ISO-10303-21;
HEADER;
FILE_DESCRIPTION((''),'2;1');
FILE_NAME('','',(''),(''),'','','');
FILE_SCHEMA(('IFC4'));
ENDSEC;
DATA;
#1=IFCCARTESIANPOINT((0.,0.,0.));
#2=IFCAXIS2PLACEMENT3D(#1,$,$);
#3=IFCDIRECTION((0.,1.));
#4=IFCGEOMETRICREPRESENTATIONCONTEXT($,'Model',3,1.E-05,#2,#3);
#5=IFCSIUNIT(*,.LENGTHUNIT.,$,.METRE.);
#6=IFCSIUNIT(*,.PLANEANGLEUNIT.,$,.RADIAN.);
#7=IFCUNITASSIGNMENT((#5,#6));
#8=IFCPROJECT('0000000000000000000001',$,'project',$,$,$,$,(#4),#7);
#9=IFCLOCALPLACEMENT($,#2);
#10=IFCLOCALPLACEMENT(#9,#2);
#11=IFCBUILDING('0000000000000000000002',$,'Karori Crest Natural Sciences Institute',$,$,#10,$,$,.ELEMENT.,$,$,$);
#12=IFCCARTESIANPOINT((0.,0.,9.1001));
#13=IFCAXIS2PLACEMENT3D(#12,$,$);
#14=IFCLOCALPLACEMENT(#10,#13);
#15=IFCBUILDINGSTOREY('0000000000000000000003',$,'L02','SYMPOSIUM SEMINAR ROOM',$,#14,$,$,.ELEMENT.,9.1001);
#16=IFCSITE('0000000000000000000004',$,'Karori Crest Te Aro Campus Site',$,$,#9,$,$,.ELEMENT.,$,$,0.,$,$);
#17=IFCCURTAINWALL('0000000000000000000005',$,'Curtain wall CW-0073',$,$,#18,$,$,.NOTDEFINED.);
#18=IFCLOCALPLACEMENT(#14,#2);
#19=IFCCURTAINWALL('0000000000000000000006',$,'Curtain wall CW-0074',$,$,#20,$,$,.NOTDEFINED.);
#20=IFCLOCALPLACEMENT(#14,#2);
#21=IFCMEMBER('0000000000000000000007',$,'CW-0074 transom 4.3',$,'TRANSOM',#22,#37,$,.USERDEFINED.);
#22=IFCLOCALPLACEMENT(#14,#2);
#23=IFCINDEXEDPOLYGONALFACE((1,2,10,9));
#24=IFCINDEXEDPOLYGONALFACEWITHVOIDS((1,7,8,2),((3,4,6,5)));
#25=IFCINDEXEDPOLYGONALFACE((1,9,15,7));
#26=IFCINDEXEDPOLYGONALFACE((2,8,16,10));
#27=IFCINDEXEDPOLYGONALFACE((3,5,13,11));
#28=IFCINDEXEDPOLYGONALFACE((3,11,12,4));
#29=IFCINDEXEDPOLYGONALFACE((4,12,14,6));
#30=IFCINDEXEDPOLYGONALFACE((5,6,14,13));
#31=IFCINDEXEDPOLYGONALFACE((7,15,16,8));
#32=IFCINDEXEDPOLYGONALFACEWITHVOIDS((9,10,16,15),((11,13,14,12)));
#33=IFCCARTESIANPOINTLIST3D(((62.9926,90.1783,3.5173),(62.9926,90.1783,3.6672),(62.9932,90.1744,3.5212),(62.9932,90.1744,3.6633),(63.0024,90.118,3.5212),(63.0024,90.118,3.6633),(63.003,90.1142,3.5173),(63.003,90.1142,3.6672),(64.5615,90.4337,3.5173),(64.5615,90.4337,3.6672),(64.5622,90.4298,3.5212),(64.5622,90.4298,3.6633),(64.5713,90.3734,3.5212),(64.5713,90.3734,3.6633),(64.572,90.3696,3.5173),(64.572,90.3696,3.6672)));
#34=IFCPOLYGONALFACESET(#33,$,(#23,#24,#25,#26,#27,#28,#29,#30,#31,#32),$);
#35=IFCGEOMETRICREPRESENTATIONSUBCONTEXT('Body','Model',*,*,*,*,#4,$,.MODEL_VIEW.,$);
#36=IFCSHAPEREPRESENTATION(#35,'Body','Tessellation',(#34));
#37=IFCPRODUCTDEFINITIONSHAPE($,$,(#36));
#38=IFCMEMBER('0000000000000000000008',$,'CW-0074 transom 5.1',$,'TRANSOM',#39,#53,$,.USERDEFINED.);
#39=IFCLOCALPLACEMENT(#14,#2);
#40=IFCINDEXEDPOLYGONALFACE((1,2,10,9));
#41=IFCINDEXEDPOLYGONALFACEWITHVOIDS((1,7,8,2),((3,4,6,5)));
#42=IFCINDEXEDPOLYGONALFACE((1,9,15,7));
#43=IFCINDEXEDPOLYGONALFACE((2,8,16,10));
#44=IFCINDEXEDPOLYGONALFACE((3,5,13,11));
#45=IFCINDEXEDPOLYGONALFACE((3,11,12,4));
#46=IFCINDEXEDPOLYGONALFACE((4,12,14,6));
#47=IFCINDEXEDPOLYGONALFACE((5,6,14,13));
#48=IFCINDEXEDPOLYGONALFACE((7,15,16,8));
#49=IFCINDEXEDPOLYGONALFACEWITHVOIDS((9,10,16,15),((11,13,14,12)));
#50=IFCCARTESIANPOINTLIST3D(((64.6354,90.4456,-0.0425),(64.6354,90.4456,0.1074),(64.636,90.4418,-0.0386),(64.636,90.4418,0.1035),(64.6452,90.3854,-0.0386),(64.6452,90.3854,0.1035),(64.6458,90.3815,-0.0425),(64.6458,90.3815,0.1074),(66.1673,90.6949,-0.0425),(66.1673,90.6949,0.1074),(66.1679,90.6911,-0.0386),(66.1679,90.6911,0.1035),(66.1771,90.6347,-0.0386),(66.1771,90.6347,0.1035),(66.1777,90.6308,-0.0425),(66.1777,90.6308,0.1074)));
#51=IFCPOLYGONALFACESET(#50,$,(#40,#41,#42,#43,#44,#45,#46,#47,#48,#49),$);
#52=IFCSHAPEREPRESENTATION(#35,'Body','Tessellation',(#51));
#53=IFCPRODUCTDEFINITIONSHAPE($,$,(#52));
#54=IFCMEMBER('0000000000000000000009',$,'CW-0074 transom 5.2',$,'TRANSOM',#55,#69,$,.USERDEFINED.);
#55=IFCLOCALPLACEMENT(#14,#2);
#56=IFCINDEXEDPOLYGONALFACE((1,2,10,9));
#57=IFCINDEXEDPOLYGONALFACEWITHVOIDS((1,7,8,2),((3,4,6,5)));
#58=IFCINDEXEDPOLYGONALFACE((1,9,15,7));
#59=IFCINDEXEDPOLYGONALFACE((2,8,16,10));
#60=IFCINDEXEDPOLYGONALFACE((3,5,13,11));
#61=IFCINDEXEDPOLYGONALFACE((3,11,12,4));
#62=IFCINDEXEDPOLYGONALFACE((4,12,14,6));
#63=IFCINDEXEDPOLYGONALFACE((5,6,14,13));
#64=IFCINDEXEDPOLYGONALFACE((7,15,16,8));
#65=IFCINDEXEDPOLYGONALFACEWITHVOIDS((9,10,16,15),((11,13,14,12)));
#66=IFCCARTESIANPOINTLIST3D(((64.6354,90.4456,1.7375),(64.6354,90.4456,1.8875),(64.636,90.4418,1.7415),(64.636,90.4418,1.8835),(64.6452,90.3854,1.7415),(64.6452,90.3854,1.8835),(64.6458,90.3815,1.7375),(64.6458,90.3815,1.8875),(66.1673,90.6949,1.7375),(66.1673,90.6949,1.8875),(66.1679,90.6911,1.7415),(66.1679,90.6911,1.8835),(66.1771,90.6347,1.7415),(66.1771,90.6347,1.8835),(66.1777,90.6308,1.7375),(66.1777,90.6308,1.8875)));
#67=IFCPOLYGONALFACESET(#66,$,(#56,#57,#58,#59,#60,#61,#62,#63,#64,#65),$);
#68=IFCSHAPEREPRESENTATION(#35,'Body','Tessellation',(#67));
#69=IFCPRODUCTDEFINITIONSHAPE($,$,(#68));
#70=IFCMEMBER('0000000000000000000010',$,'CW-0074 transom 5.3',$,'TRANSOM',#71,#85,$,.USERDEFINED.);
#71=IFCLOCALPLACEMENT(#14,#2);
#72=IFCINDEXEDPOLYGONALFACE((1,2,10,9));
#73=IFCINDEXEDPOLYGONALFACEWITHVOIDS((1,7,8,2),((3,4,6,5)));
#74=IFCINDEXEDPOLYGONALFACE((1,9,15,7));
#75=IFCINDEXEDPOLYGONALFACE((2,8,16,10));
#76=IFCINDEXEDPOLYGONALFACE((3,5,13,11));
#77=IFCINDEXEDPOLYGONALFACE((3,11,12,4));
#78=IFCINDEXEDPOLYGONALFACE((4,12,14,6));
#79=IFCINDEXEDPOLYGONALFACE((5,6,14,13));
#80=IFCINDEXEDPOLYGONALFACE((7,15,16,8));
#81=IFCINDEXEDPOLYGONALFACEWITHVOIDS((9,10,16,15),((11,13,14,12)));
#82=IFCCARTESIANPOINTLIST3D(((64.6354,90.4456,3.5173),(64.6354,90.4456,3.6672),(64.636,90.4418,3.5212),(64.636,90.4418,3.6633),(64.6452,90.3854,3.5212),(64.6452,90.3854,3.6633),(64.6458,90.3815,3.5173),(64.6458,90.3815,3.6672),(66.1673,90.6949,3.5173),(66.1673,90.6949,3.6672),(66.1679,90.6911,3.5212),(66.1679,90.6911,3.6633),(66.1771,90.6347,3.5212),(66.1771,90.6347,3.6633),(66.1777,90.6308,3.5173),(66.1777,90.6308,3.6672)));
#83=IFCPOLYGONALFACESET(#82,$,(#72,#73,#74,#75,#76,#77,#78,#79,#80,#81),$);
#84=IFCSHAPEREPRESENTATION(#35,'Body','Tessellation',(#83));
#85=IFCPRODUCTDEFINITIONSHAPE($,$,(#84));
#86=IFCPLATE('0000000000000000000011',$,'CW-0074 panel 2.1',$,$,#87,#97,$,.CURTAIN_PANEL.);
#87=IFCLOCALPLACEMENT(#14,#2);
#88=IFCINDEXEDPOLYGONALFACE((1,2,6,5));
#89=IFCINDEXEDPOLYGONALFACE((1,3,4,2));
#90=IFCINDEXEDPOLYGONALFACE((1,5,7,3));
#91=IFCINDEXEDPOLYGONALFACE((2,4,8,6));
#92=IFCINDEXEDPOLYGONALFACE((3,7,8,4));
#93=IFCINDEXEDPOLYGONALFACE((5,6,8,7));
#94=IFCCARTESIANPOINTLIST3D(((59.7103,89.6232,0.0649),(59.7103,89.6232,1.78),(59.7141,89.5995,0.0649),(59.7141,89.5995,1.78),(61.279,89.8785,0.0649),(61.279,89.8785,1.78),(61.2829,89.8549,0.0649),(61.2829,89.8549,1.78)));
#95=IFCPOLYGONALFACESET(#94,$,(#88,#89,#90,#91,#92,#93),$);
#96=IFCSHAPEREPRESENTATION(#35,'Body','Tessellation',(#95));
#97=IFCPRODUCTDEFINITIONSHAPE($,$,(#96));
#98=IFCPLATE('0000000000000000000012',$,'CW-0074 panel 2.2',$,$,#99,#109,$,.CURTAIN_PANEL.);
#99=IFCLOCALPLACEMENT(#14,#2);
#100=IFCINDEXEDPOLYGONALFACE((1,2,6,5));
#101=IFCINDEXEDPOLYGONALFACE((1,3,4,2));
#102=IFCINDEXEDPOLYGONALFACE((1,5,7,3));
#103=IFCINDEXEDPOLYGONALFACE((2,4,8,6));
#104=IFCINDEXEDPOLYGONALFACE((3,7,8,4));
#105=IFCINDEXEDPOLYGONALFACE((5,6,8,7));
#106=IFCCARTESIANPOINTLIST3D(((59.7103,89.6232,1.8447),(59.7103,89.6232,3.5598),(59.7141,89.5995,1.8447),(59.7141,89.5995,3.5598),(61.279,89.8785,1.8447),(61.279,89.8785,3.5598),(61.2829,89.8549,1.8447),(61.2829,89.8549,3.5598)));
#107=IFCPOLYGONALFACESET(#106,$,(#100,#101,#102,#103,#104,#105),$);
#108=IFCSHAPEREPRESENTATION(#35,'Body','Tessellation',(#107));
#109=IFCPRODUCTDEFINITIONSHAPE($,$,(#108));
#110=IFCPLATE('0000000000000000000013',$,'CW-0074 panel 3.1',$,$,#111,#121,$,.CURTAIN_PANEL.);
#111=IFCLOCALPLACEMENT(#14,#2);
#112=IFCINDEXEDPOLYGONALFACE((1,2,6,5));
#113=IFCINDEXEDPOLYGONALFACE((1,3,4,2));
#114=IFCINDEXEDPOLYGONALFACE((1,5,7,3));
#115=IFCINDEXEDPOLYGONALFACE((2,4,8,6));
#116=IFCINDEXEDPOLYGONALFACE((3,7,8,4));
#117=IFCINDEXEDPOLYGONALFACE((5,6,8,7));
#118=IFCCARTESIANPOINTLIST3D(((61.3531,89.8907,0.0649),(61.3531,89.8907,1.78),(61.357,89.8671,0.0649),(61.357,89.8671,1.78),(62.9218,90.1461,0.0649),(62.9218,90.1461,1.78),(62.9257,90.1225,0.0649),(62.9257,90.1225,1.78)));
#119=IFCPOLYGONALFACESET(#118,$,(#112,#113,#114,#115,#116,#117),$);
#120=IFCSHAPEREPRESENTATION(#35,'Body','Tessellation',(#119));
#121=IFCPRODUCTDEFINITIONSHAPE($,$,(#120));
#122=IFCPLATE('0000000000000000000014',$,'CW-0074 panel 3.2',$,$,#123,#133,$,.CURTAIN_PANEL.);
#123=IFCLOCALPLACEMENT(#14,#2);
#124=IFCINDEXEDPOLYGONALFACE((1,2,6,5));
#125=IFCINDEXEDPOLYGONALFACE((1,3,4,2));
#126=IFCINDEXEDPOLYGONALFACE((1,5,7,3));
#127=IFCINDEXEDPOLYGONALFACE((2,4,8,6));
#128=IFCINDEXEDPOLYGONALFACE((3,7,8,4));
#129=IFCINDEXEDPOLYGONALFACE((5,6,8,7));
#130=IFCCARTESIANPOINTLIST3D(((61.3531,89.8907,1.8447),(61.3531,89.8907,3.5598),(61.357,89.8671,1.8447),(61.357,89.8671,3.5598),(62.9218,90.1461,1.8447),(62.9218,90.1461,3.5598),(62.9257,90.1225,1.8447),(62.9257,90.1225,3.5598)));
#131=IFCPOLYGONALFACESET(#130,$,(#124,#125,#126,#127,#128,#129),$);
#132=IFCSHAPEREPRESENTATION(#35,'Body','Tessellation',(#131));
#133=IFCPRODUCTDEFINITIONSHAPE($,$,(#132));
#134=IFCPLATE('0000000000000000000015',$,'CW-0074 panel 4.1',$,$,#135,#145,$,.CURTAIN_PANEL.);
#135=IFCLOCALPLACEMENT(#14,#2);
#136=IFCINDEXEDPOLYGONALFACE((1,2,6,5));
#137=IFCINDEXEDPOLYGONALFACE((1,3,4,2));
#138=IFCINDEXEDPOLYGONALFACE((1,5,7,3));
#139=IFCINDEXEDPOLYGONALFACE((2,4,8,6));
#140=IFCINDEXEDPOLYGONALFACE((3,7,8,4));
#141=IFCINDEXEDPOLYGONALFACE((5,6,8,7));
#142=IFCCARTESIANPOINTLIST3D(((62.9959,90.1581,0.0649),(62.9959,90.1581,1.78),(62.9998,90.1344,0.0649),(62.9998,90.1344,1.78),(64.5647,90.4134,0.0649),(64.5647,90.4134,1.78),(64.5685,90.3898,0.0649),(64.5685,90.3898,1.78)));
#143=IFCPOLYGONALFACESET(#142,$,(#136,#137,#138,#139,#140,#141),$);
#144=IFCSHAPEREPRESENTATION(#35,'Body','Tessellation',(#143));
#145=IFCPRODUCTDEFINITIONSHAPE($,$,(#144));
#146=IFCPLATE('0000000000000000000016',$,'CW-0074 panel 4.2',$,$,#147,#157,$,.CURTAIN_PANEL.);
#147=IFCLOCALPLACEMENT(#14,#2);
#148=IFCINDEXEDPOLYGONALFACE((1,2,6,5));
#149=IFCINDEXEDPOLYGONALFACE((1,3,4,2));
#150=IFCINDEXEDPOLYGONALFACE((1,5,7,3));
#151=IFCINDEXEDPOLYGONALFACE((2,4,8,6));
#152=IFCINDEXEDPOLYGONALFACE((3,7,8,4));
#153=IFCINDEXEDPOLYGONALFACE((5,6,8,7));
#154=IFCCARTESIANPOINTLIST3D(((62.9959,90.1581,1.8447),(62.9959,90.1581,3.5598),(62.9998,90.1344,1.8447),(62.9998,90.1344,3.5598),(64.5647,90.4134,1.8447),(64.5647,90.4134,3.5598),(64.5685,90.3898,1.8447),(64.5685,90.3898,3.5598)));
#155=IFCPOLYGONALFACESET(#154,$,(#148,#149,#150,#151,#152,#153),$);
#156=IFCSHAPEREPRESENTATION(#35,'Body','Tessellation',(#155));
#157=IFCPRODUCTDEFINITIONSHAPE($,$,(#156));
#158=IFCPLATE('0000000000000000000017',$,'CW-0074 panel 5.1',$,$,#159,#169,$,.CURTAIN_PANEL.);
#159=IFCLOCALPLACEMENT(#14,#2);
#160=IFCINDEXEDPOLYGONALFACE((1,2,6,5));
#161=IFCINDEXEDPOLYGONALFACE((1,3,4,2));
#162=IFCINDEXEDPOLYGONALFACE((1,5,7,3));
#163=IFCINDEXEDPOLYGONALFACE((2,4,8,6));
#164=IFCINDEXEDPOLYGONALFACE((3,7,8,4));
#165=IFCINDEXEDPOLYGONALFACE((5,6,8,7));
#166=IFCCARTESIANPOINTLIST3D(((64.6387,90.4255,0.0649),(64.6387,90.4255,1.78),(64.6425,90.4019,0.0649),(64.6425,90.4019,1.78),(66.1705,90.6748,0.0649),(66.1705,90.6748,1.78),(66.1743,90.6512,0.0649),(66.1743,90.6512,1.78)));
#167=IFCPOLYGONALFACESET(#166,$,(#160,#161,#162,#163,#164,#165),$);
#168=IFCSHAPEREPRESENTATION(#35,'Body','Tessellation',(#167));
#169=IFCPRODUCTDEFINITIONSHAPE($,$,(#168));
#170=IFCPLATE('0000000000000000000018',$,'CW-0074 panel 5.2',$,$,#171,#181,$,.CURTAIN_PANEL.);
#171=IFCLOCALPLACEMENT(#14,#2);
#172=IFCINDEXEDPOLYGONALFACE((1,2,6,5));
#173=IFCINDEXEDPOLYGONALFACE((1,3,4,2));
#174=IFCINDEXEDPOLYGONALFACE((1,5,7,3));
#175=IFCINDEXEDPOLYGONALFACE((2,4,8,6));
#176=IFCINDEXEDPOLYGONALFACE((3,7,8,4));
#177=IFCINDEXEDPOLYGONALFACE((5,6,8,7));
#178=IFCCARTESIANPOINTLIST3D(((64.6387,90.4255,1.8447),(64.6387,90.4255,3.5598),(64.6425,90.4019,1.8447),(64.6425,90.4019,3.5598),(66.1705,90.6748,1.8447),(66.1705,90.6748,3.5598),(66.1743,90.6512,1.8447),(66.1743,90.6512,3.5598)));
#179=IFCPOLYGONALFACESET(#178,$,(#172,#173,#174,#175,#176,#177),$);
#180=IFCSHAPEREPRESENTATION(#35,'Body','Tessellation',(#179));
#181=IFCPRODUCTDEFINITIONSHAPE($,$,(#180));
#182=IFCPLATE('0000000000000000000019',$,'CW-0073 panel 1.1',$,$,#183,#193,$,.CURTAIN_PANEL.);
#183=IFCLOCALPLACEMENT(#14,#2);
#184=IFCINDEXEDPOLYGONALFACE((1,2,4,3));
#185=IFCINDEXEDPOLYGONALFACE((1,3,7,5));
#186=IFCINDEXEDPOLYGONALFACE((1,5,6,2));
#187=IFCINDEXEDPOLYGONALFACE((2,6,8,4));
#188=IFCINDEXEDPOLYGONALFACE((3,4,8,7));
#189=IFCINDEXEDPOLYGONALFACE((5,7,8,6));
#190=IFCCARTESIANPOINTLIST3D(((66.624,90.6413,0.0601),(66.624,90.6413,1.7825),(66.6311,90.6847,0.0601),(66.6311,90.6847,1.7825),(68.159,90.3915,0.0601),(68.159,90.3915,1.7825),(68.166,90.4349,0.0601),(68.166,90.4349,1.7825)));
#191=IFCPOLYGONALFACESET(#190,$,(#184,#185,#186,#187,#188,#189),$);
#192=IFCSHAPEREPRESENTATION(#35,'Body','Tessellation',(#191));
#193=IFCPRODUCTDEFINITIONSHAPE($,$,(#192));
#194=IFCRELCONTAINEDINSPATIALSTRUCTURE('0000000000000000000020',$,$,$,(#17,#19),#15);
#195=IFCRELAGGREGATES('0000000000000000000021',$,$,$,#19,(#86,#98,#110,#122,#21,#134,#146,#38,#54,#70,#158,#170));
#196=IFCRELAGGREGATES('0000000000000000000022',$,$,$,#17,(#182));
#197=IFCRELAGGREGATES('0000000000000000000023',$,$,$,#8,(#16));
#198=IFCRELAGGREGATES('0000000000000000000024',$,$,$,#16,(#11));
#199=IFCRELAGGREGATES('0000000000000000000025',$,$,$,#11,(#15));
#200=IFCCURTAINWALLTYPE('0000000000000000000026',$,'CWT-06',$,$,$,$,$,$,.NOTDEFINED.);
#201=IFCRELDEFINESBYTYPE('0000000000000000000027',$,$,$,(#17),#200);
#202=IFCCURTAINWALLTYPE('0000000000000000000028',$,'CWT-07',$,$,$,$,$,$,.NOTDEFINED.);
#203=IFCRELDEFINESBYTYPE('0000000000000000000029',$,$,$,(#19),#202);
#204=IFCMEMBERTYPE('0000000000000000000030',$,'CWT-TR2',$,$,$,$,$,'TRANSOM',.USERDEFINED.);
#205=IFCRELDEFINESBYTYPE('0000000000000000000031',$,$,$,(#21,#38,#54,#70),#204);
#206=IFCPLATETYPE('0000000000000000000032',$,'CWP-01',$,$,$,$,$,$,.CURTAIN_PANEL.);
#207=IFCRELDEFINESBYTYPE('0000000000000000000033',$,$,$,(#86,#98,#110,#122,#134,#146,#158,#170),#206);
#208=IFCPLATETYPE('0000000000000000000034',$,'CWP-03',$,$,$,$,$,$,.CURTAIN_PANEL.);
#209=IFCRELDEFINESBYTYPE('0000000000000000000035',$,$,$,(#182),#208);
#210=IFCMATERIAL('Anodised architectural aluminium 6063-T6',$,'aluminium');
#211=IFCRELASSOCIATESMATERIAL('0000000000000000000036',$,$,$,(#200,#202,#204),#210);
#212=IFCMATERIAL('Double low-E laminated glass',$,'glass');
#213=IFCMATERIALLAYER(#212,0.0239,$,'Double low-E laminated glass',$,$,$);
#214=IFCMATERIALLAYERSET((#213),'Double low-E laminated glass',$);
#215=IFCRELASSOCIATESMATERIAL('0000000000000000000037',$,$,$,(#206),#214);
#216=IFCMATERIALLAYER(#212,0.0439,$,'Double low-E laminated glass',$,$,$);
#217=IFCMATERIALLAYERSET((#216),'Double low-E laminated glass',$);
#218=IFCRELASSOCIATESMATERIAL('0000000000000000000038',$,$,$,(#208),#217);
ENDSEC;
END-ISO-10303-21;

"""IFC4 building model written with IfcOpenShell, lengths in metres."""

from ifc_helpers import new_model, si_unit, direction, frame, origin, origin_2d, place, context, subcontext, project, spatial, rectangle, hollow_rectangle, extrude, material, layer, layer_set, material_profile, profile_set, type_object, element, aggregate, save


model = new_model("IFC4")

# Units and contexts
model_context = context("Model", 3, precision=1e-05, world=origin(), true_north=direction((0.0, 1.0)))
body_context = subcontext(model_context, "Body", "Model", "MODEL_VIEW")
ifc_project = project(units=[si_unit("LENGTHUNIT", "METRE"), si_unit("PLANEANGLEUNIT", "RADIAN")], contexts=[model_context])

# Site, building, storey
site_placement = place(None, origin())
site = spatial("IfcSite", under=ifc_project, at=site_placement, Name="Karori Crest Te Aro Campus Site", CompositionType="ELEMENT", RefElevation=0.0)
building_placement = place(site_placement, origin())
building = spatial("IfcBuilding", under=site, at=building_placement, Name="Karori Crest Natural Sciences Institute", CompositionType="ELEMENT")
storey_placement = place(building_placement, frame((0.0, 0.0, 9.1001)))
storey = spatial("IfcBuildingStorey", under=building, at=storey_placement, Name="L02", Description="SYMPOSIUM SEMINAR ROOM", CompositionType="ELEMENT", Elevation=9.1001)

# Curtain walls
ifc_material_1 = material(Name="Anodised architectural aluminium 6063-T6", Category="aluminium")
curtain_wall_type_1 = type_object("IfcCurtainWallType", Name="CWT-06", PredefinedType="NOTDEFINED", material=ifc_material_1)
curtain_wall_1_placement = place(storey_placement, origin())
curtain_wall_1 = element("IfcCurtainWall", 1, at=curtain_wall_1_placement, inside=storey, type_object=curtain_wall_type_1, Name="Curtain wall CW-0073", PredefinedType="NOTDEFINED")
curtain_wall_type_2 = type_object("IfcCurtainWallType", Name="CWT-07", PredefinedType="NOTDEFINED", material=ifc_material_1)
curtain_wall_2_placement = place(storey_placement, origin())
curtain_wall_2 = element("IfcCurtainWall", 2, at=curtain_wall_2_placement, inside=storey, type_object=curtain_wall_type_2, Name="Curtain wall CW-0074", PredefinedType="NOTDEFINED")

# Members
ifc_material_profile_1 = material_profile(ifc_material_1, hollow_rectangle(XDim=0.0649, YDim=0.1499, WallThickness=0.0039, at=origin_2d()), Name="CWT150x65x4")
ifc_profile_set_1 = profile_set([ifc_material_profile_1], Name="Anodised architectural aluminium 6063-T6")
member_type_1 = type_object("IfcMemberType", Name="CWT-TR2", ElementType="TRANSOM", PredefinedType="USERDEFINED", material=ifc_profile_set_1)
member_1_placement = place(storey_placement, frame((62.9978, 90.1462, 3.5923), z_axis=(0.98701, 0.160662, 0.0), x_axis=(-0.160662, 0.98701, 0.0)))
member_1 = element("IfcMember", 3, at=member_1_placement, type_object=member_type_1, Name="CW-0074 transom 4.3", ObjectType="TRANSOM", PredefinedType="USERDEFINED", context=body_context, shape_type="SweptSolid", body=[
    extrude(hollow_rectangle(XDim=0.0649, YDim=0.1499, WallThickness=0.0039, at=origin_2d()), origin(), (0.0, 0.0, 1.0), 1.5896),
])
member_2_placement = place(storey_placement, frame((64.6406, 90.4136, 0.0325), z_axis=(0.987016, 0.160622, 0.0), x_axis=(-0.160622, 0.987016, 0.0)))
member_2 = element("IfcMember", 4, at=member_2_placement, type_object=member_type_1, Name="CW-0074 transom 5.1", ObjectType="TRANSOM", PredefinedType="USERDEFINED", context=body_context, shape_type="SweptSolid", body=[
    extrude(hollow_rectangle(XDim=0.0649, YDim=0.1499, WallThickness=0.0039, at=origin_2d()), origin(), (0.0, 0.0, 1.0), 1.552),
])
member_3_placement = place(storey_placement, frame((64.6406, 90.4136, 1.8125), z_axis=(0.987016, 0.160622, 0.0), x_axis=(-0.160622, 0.987016, 0.0)))
member_3 = element("IfcMember", 5, at=member_3_placement, type_object=member_type_1, Name="CW-0074 transom 5.2", ObjectType="TRANSOM", PredefinedType="USERDEFINED", context=body_context, shape_type="SweptSolid", body=[
    extrude(hollow_rectangle(XDim=0.0649, YDim=0.1499, WallThickness=0.0039, at=origin_2d()), origin(), (0.0, 0.0, 1.0), 1.552),
])
member_4_placement = place(storey_placement, frame((64.6406, 90.4136, 3.5923), z_axis=(0.987016, 0.160622, 0.0), x_axis=(-0.160622, 0.987016, 0.0)))
member_4 = element("IfcMember", 6, at=member_4_placement, type_object=member_type_1, Name="CW-0074 transom 5.3", ObjectType="TRANSOM", PredefinedType="USERDEFINED", context=body_context, shape_type="SweptSolid", body=[
    extrude(hollow_rectangle(XDim=0.0649, YDim=0.1499, WallThickness=0.0039, at=origin_2d()), origin(), (0.0, 0.0, 1.0), 1.552),
])

# Plates
ifc_material_2 = material(Name="Double low-E laminated glass", Category="glass")
ifc_layer_1 = layer(ifc_material_2, 0.0239, Name="Double low-E laminated glass")
ifc_layer_set_1 = layer_set([ifc_layer_1], Name="Double low-E laminated glass")
plate_type_1 = type_object("IfcPlateType", Name="CWP-01", PredefinedType="CURTAIN_PANEL", material=ifc_layer_set_1)
plate_1_placement = place(storey_placement, frame((60.4966, 89.739, 0.0649), z_axis=(0.0, 0.0, 1.0), x_axis=(0.98701, 0.160657, 0.0)))
plate_1 = element("IfcPlate", 7, at=plate_1_placement, type_object=plate_type_1, Name="CW-0074 panel 2.1", PredefinedType="CURTAIN_PANEL", context=body_context, shape_type="SweptSolid", body=[
    extrude(rectangle(XDim=1.5894, YDim=0.0239, at=origin_2d()), origin(), (0.0, 0.0, 1.0), 1.7151),
])
plate_2_placement = place(storey_placement, frame((60.4966, 89.739, 1.8447), z_axis=(0.0, 0.0, 1.0), x_axis=(0.98701, 0.160657, 0.0)))
plate_2 = element("IfcPlate", 8, at=plate_2_placement, type_object=plate_type_1, Name="CW-0074 panel 2.2", PredefinedType="CURTAIN_PANEL", context=body_context, shape_type="SweptSolid", body=[
    extrude(rectangle(XDim=1.5894, YDim=0.0239, at=origin_2d()), origin(), (0.0, 0.0, 1.0), 1.7151),
])
plate_3_placement = place(storey_placement, frame((62.1394, 90.0066, 0.0649), z_axis=(0.0, 0.0, 1.0), x_axis=(0.98701, 0.160657, 0.0)))
plate_3 = element("IfcPlate", 9, at=plate_3_placement, type_object=plate_type_1, Name="CW-0074 panel 3.1", PredefinedType="CURTAIN_PANEL", context=body_context, shape_type="SweptSolid", body=[
    extrude(rectangle(XDim=1.5894, YDim=0.0239, at=origin_2d()), origin(), (0.0, 0.0, 1.0), 1.7151),
])
plate_4_placement = place(storey_placement, frame((62.1394, 90.0066, 1.8447), z_axis=(0.0, 0.0, 1.0), x_axis=(0.98701, 0.160657, 0.0)))
plate_4 = element("IfcPlate", 10, at=plate_4_placement, type_object=plate_type_1, Name="CW-0074 panel 3.2", PredefinedType="CURTAIN_PANEL", context=body_context, shape_type="SweptSolid", body=[
    extrude(rectangle(XDim=1.5894, YDim=0.0239, at=origin_2d()), origin(), (0.0, 0.0, 1.0), 1.7151),
])
plate_5_placement = place(storey_placement, frame((63.7822, 90.2739, 0.0649), z_axis=(0.0, 0.0, 1.0), x_axis=(0.98701, 0.160657, 0.0)))
plate_5 = element("IfcPlate", 11, at=plate_5_placement, type_object=plate_type_1, Name="CW-0074 panel 4.1", PredefinedType="CURTAIN_PANEL", context=body_context, shape_type="SweptSolid", body=[
    extrude(rectangle(XDim=1.5894, YDim=0.0239, at=origin_2d()), origin(), (0.0, 0.0, 1.0), 1.7151),
])
plate_6_placement = place(storey_placement, frame((63.7822, 90.2739, 1.8447), z_axis=(0.0, 0.0, 1.0), x_axis=(0.98701, 0.160657, 0.0)))
plate_6 = element("IfcPlate", 12, at=plate_6_placement, type_object=plate_type_1, Name="CW-0074 panel 4.2", PredefinedType="CURTAIN_PANEL", context=body_context, shape_type="SweptSolid", body=[
    extrude(rectangle(XDim=1.5894, YDim=0.0239, at=origin_2d()), origin(), (0.0, 0.0, 1.0), 1.7151),
])
plate_7_placement = place(storey_placement, frame((65.4065, 90.5383, 0.0649), z_axis=(0.0, 0.0, 1.0), x_axis=(0.98701, 0.160657, 0.0)))
plate_7 = element("IfcPlate", 13, at=plate_7_placement, type_object=plate_type_1, Name="CW-0074 panel 5.1", PredefinedType="CURTAIN_PANEL", context=body_context, shape_type="SweptSolid", body=[
    extrude(rectangle(XDim=1.552, YDim=0.0239, at=origin_2d()), origin(), (0.0, 0.0, 1.0), 1.7151),
])
plate_8_placement = place(storey_placement, frame((65.4065, 90.5383, 1.8447), z_axis=(0.0, 0.0, 1.0), x_axis=(0.98701, 0.160657, 0.0)))
plate_8 = element("IfcPlate", 14, at=plate_8_placement, type_object=plate_type_1, Name="CW-0074 panel 5.2", PredefinedType="CURTAIN_PANEL", context=body_context, shape_type="SweptSolid", body=[
    extrude(rectangle(XDim=1.552, YDim=0.0239, at=origin_2d()), origin(), (0.0, 0.0, 1.0), 1.7151),
])
aggregate(curtain_wall_2, [plate_1, plate_2, plate_3, plate_4, member_1, plate_5, plate_6, member_2, member_3, member_4, plate_7, plate_8])
ifc_layer_2 = layer(ifc_material_2, 0.0439, Name="Double low-E laminated glass")
ifc_layer_set_2 = layer_set([ifc_layer_2], Name="Double low-E laminated glass")
plate_type_2 = type_object("IfcPlateType", Name="CWP-03", PredefinedType="CURTAIN_PANEL", material=ifc_layer_set_2)
plate_9_placement = place(storey_placement, frame((67.395, 90.5381, 0.0601), z_axis=(0.0, 0.0, 1.0), x_axis=(0.987011, -0.160652, 0.0)))
plate_9 = element("IfcPlate", 15, at=plate_9_placement, type_object=plate_type_2, Name="CW-0073 panel 1.1", PredefinedType="CURTAIN_PANEL", context=body_context, shape_type="SweptSolid", body=[
    extrude(rectangle(XDim=1.5552, YDim=0.0439, at=origin_2d()), origin(), (0.0, 0.0, 1.0), 1.7224),
])
aggregate(curtain_wall_1, [plate_9])

save(model, "model.ifc")
